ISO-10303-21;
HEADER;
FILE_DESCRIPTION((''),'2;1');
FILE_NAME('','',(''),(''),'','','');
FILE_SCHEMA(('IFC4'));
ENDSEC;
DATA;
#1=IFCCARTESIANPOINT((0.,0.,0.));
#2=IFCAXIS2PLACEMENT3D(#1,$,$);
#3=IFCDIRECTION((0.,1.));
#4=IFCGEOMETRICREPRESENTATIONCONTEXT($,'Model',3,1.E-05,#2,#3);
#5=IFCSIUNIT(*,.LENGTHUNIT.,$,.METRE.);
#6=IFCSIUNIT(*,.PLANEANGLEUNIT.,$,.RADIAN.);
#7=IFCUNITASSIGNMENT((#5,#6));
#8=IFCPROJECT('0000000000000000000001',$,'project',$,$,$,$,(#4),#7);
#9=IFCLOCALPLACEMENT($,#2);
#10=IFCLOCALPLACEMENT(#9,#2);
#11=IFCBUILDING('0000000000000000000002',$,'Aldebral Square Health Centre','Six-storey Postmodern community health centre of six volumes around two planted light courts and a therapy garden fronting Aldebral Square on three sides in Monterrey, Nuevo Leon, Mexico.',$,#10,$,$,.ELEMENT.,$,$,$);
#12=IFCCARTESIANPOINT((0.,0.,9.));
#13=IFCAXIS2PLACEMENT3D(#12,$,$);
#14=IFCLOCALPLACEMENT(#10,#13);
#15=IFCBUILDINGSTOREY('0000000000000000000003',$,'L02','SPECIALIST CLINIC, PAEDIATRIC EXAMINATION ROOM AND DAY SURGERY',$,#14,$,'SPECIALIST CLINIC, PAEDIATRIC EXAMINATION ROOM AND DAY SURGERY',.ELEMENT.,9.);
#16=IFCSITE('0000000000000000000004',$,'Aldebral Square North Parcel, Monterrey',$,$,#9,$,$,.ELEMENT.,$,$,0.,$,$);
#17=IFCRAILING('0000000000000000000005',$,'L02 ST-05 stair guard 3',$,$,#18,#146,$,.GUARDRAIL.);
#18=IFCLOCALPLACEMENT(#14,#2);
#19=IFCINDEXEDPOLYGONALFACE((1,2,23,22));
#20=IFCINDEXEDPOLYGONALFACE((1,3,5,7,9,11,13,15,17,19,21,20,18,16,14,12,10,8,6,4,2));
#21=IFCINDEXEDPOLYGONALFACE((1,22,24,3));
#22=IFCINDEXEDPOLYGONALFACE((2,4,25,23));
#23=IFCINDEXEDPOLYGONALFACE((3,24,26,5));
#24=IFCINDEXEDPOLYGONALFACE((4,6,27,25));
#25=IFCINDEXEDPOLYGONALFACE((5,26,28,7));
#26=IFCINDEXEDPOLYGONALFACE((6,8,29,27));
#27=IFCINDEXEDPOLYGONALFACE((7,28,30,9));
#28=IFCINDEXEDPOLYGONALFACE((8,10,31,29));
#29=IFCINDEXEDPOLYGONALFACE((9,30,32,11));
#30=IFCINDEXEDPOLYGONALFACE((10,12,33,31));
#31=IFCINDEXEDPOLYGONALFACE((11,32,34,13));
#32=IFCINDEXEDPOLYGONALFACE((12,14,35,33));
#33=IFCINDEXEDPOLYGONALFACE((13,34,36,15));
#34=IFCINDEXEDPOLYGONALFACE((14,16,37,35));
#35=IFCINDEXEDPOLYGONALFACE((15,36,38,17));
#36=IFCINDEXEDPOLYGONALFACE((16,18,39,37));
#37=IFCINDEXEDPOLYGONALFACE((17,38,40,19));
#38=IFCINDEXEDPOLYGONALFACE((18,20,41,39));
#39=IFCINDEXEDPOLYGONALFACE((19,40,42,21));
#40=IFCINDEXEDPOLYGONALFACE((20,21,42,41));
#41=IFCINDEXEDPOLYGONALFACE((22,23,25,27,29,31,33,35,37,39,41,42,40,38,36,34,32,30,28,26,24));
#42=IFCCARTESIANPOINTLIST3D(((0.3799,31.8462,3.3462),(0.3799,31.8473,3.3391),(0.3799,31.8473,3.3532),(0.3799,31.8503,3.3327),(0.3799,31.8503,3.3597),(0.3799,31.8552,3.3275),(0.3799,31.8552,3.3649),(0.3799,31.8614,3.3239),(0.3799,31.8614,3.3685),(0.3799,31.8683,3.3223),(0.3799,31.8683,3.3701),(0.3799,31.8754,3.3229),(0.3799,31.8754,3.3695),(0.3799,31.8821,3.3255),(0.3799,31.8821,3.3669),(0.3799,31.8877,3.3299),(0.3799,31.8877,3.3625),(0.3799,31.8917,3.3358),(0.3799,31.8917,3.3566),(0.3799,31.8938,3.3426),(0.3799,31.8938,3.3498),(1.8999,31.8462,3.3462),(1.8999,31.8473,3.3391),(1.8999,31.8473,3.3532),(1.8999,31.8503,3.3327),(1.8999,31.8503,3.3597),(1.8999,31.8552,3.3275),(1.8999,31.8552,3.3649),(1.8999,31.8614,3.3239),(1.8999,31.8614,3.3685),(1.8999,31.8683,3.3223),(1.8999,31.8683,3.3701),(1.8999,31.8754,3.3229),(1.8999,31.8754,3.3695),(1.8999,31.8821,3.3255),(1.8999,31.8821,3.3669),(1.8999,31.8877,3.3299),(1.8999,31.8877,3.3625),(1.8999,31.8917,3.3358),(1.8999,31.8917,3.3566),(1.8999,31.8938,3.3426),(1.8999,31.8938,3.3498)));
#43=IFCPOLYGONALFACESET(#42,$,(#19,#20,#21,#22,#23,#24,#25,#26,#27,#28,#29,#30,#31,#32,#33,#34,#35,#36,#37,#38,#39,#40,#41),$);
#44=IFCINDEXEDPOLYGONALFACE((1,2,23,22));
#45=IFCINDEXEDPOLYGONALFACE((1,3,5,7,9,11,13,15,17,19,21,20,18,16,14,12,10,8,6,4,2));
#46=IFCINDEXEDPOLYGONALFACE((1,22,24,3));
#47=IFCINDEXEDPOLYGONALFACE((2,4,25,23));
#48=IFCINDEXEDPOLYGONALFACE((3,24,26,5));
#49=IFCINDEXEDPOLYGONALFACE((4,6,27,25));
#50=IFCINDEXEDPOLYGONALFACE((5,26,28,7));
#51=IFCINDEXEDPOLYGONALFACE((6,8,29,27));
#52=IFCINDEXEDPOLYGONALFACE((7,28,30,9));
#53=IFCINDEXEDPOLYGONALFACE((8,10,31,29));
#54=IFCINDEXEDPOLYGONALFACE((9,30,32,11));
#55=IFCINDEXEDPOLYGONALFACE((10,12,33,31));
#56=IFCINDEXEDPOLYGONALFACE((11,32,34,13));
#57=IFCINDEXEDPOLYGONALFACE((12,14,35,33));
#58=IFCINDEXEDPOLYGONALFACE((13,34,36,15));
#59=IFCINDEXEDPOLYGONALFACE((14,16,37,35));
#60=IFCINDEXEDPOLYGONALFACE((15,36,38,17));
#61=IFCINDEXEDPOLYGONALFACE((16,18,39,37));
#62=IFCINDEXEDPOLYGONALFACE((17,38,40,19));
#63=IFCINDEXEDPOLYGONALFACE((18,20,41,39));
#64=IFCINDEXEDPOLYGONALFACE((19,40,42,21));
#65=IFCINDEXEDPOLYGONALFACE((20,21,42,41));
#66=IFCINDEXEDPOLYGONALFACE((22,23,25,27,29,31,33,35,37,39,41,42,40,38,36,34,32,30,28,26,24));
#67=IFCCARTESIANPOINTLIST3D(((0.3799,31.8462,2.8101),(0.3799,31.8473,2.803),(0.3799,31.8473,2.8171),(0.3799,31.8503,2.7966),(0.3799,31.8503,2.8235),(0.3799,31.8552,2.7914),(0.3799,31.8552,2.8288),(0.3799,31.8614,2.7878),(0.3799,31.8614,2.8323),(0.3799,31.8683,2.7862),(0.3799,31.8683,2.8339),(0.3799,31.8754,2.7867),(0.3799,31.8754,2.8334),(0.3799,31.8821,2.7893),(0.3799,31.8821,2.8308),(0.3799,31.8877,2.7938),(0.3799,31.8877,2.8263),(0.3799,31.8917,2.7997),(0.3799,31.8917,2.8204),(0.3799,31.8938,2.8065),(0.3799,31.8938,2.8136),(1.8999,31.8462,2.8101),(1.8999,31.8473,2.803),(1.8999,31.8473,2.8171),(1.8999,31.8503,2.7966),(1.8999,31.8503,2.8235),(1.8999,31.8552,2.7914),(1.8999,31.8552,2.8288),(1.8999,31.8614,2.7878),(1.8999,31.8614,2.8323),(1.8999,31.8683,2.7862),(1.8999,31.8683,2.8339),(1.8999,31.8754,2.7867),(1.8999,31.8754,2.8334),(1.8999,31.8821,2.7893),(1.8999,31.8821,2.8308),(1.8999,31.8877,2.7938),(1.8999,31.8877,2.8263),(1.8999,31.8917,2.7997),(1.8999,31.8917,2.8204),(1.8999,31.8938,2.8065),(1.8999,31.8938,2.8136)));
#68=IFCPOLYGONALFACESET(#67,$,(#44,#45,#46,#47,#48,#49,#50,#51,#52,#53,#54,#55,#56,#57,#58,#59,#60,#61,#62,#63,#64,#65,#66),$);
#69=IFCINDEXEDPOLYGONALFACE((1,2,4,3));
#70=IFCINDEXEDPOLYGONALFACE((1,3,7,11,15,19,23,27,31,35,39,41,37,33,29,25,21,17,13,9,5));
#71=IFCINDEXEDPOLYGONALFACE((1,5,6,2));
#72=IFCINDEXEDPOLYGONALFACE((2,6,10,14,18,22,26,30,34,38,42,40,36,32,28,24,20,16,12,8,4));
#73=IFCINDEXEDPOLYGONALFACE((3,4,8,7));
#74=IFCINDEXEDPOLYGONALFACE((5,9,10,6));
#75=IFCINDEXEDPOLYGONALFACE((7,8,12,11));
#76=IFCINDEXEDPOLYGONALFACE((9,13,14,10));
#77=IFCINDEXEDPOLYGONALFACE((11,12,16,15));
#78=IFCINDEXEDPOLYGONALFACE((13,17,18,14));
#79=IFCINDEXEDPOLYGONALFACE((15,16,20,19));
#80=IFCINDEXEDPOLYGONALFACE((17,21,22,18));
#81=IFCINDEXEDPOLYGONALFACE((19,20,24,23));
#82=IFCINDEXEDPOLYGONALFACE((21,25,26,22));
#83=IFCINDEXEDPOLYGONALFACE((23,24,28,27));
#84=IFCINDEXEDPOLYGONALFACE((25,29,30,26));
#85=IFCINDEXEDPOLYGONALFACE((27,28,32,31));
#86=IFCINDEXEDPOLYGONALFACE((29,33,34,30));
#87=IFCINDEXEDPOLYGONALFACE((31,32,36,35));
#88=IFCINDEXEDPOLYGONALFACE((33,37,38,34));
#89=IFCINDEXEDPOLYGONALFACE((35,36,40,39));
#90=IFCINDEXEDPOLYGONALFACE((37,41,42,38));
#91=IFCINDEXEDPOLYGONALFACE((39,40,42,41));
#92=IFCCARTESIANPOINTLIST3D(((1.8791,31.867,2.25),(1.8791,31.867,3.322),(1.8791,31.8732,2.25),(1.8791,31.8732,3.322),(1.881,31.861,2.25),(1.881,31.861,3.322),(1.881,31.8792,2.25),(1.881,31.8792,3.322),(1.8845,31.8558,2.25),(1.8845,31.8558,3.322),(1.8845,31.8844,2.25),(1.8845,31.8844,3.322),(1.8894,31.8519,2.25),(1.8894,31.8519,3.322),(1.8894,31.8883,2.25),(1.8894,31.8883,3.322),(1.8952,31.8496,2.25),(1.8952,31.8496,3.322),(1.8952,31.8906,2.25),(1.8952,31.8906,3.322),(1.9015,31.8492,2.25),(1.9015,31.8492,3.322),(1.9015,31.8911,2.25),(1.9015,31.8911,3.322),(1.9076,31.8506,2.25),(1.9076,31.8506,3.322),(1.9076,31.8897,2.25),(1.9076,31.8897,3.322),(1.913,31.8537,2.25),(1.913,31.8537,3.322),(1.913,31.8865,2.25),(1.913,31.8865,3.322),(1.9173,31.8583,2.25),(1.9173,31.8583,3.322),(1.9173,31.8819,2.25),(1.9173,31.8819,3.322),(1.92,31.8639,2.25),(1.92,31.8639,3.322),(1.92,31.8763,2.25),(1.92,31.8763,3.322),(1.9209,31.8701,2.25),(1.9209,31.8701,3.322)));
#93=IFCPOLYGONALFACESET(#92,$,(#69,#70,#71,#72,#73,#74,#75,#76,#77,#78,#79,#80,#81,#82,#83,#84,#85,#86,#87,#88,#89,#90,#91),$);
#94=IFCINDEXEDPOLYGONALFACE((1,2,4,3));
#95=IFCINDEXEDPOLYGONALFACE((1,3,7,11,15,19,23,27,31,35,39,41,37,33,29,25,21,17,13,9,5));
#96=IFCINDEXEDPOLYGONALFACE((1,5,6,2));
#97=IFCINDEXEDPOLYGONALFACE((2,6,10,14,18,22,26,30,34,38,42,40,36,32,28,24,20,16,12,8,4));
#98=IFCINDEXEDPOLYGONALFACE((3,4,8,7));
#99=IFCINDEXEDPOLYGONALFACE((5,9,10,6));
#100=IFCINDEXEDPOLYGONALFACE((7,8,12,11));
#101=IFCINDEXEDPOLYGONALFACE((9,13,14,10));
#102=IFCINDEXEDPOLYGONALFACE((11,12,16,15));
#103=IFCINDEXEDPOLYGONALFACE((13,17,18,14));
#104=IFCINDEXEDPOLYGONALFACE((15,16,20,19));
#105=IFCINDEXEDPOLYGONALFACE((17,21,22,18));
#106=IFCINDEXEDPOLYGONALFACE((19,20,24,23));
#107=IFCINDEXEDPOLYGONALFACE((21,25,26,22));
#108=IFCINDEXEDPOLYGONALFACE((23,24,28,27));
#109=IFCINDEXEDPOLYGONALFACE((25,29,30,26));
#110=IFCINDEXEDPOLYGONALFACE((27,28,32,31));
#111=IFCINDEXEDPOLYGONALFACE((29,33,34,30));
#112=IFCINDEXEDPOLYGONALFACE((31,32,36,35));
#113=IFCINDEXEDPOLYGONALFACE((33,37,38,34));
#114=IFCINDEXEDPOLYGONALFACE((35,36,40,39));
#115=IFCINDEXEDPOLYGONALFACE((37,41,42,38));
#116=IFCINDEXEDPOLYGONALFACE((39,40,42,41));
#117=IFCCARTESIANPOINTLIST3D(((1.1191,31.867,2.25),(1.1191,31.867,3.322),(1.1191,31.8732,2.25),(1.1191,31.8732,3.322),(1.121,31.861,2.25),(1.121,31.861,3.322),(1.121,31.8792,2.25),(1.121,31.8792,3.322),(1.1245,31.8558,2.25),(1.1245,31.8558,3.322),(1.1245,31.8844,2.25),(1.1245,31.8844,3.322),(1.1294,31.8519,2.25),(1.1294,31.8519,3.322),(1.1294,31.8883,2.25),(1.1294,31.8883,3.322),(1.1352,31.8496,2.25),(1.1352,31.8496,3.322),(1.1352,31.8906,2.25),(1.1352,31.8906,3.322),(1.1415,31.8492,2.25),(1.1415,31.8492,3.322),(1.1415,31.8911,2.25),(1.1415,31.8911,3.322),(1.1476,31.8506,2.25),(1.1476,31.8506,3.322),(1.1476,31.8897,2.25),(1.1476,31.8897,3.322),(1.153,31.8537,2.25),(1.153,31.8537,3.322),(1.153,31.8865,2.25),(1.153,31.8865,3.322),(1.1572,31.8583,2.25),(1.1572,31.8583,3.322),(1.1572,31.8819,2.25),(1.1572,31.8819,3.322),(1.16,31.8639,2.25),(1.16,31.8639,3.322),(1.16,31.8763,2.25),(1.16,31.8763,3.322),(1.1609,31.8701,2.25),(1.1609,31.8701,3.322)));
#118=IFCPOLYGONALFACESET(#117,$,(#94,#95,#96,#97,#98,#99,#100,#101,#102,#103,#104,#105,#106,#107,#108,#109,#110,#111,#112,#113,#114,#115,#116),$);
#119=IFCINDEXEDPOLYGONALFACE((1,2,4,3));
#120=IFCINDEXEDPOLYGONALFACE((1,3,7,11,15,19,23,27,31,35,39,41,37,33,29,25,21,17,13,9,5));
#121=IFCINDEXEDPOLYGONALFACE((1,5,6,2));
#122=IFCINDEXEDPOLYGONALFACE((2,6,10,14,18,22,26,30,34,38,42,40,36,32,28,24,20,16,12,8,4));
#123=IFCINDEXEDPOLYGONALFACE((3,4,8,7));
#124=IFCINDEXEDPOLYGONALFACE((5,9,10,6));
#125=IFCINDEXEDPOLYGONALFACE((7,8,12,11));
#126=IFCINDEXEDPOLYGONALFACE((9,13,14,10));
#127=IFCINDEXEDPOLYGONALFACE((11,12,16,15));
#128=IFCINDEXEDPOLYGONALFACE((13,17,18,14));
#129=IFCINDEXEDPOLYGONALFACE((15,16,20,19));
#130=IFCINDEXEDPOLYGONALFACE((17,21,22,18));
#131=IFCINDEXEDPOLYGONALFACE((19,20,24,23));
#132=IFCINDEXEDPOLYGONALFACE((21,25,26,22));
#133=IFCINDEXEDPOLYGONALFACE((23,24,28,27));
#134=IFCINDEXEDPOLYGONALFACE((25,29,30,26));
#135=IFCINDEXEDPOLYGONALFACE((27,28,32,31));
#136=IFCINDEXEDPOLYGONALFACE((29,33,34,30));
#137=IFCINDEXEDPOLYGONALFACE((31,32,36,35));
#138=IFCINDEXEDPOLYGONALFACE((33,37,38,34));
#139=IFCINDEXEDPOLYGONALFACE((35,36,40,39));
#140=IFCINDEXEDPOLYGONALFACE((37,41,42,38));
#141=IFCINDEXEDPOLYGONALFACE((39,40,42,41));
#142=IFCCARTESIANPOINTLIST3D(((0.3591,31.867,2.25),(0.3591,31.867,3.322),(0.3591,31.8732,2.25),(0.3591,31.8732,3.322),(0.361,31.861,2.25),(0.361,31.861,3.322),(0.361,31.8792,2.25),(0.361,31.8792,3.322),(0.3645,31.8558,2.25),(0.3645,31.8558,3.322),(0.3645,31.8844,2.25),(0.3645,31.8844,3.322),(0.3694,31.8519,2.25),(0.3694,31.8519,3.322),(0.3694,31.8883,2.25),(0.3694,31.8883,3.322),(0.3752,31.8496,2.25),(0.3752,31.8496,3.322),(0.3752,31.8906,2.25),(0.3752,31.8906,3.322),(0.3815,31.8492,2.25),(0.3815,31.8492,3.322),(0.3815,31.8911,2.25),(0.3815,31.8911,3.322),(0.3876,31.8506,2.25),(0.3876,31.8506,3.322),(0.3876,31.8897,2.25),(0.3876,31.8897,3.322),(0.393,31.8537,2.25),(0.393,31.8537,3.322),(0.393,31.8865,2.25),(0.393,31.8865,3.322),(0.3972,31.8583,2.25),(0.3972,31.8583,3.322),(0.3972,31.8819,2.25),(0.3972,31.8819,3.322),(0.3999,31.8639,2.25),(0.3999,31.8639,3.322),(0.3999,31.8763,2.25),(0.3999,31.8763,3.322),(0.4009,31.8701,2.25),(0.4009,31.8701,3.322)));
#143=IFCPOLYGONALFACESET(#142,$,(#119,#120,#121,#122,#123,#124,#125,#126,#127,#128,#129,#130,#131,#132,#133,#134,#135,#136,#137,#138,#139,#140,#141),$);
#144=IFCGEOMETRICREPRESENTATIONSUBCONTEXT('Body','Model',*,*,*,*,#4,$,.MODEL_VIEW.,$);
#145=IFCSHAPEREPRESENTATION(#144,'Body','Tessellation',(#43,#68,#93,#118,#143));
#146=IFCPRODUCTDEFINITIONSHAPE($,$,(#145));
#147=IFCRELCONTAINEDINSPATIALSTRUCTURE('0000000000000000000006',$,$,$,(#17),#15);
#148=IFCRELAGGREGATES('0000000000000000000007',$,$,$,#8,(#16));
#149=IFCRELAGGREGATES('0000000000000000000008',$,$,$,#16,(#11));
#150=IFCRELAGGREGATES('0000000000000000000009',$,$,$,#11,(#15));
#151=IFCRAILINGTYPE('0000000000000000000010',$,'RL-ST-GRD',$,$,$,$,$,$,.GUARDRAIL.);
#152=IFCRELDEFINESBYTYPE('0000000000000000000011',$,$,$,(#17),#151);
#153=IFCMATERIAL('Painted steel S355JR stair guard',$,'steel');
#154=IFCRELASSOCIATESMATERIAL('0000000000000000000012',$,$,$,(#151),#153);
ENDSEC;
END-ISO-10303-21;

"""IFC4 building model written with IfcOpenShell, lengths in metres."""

from ifc_helpers import new_model, si_unit, direction, frame, origin, origin_2d, place, context, subcontext, project, spatial, circle, extrude, material, type_object, element, save


model = new_model("IFC4")

# Units and contexts
model_context = context("Model", 3, precision=1e-05, world=origin(), true_north=direction((0.0, 1.0)))
body_context = subcontext(model_context, "Body", "Model", "MODEL_VIEW")
ifc_project = project(units=[si_unit("LENGTHUNIT", "METRE"), si_unit("PLANEANGLEUNIT", "RADIAN")], contexts=[model_context])

# Site, building, storey
site_placement = place(None, origin())
site = spatial("IfcSite", under=ifc_project, at=site_placement, Name="Aldebral Square North Parcel, Monterrey", CompositionType="ELEMENT", RefElevation=0.0)
building_placement = place(site_placement, origin())
building = spatial("IfcBuilding", under=site, at=building_placement, Name="Aldebral Square Health Centre", Description="Six-storey Postmodern community health centre of six volumes around two planted light courts and a therapy garden fronting Aldebral Square on three sides in Monterrey, Nuevo Leon, Mexico.", CompositionType="ELEMENT")
storey_placement = place(building_placement, frame((0.0, 0.0, 9.0)))
storey = spatial("IfcBuildingStorey", under=building, at=storey_placement, Name="L02", Description="SPECIALIST CLINIC, PAEDIATRIC EXAMINATION ROOM AND DAY SURGERY", LongName="SPECIALIST CLINIC, PAEDIATRIC EXAMINATION ROOM AND DAY SURGERY", CompositionType="ELEMENT", Elevation=9.0)

# Railing
ifc_material_1 = material(Name="Painted steel S355JR stair guard", Category="steel")
railing_type_1 = type_object("IfcRailingType", Name="RL-ST-GRD", PredefinedType="GUARDRAIL", material=ifc_material_1)
railing_1_placement = place(storey_placement, frame((1.8999, 31.8701, 2.25)))
element("IfcRailing", 1, at=railing_1_placement, inside=storey, type_object=railing_type_1, Name="L02 ST-05 stair guard 3", PredefinedType="GUARDRAIL", context=body_context, shape_type="SweptSolid", body=[
    extrude(circle(Radius=0.0239, at=origin_2d()), frame((0.0, 0.0, 1.0962), z_axis=(-1.0, 0.0, 0.0), x_axis=(0.0, -1.0, 0.0)), (0.0, 0.0, 1.0), 1.52),
    extrude(circle(Radius=0.0239, at=origin_2d()), frame((0.0, 0.0, 0.5601), z_axis=(-1.0, 0.0, 0.0), x_axis=(0.0, -1.0, 0.0)), (0.0, 0.0, 1.0), 1.52),
    extrude(circle(Radius=0.021, at=origin_2d()), origin(), (0.0, 0.0, 1.0), 1.072),
    extrude(circle(Radius=0.021, at=origin_2d()), frame((-0.76, 0.0, 0.0)), (0.0, 0.0, 1.0), 1.072),
    extrude(circle(Radius=0.021, at=origin_2d()), frame((-1.52, 0.0, 0.0)), (0.0, 0.0, 1.0), 1.072),
])

save(model, "model.ifc")
